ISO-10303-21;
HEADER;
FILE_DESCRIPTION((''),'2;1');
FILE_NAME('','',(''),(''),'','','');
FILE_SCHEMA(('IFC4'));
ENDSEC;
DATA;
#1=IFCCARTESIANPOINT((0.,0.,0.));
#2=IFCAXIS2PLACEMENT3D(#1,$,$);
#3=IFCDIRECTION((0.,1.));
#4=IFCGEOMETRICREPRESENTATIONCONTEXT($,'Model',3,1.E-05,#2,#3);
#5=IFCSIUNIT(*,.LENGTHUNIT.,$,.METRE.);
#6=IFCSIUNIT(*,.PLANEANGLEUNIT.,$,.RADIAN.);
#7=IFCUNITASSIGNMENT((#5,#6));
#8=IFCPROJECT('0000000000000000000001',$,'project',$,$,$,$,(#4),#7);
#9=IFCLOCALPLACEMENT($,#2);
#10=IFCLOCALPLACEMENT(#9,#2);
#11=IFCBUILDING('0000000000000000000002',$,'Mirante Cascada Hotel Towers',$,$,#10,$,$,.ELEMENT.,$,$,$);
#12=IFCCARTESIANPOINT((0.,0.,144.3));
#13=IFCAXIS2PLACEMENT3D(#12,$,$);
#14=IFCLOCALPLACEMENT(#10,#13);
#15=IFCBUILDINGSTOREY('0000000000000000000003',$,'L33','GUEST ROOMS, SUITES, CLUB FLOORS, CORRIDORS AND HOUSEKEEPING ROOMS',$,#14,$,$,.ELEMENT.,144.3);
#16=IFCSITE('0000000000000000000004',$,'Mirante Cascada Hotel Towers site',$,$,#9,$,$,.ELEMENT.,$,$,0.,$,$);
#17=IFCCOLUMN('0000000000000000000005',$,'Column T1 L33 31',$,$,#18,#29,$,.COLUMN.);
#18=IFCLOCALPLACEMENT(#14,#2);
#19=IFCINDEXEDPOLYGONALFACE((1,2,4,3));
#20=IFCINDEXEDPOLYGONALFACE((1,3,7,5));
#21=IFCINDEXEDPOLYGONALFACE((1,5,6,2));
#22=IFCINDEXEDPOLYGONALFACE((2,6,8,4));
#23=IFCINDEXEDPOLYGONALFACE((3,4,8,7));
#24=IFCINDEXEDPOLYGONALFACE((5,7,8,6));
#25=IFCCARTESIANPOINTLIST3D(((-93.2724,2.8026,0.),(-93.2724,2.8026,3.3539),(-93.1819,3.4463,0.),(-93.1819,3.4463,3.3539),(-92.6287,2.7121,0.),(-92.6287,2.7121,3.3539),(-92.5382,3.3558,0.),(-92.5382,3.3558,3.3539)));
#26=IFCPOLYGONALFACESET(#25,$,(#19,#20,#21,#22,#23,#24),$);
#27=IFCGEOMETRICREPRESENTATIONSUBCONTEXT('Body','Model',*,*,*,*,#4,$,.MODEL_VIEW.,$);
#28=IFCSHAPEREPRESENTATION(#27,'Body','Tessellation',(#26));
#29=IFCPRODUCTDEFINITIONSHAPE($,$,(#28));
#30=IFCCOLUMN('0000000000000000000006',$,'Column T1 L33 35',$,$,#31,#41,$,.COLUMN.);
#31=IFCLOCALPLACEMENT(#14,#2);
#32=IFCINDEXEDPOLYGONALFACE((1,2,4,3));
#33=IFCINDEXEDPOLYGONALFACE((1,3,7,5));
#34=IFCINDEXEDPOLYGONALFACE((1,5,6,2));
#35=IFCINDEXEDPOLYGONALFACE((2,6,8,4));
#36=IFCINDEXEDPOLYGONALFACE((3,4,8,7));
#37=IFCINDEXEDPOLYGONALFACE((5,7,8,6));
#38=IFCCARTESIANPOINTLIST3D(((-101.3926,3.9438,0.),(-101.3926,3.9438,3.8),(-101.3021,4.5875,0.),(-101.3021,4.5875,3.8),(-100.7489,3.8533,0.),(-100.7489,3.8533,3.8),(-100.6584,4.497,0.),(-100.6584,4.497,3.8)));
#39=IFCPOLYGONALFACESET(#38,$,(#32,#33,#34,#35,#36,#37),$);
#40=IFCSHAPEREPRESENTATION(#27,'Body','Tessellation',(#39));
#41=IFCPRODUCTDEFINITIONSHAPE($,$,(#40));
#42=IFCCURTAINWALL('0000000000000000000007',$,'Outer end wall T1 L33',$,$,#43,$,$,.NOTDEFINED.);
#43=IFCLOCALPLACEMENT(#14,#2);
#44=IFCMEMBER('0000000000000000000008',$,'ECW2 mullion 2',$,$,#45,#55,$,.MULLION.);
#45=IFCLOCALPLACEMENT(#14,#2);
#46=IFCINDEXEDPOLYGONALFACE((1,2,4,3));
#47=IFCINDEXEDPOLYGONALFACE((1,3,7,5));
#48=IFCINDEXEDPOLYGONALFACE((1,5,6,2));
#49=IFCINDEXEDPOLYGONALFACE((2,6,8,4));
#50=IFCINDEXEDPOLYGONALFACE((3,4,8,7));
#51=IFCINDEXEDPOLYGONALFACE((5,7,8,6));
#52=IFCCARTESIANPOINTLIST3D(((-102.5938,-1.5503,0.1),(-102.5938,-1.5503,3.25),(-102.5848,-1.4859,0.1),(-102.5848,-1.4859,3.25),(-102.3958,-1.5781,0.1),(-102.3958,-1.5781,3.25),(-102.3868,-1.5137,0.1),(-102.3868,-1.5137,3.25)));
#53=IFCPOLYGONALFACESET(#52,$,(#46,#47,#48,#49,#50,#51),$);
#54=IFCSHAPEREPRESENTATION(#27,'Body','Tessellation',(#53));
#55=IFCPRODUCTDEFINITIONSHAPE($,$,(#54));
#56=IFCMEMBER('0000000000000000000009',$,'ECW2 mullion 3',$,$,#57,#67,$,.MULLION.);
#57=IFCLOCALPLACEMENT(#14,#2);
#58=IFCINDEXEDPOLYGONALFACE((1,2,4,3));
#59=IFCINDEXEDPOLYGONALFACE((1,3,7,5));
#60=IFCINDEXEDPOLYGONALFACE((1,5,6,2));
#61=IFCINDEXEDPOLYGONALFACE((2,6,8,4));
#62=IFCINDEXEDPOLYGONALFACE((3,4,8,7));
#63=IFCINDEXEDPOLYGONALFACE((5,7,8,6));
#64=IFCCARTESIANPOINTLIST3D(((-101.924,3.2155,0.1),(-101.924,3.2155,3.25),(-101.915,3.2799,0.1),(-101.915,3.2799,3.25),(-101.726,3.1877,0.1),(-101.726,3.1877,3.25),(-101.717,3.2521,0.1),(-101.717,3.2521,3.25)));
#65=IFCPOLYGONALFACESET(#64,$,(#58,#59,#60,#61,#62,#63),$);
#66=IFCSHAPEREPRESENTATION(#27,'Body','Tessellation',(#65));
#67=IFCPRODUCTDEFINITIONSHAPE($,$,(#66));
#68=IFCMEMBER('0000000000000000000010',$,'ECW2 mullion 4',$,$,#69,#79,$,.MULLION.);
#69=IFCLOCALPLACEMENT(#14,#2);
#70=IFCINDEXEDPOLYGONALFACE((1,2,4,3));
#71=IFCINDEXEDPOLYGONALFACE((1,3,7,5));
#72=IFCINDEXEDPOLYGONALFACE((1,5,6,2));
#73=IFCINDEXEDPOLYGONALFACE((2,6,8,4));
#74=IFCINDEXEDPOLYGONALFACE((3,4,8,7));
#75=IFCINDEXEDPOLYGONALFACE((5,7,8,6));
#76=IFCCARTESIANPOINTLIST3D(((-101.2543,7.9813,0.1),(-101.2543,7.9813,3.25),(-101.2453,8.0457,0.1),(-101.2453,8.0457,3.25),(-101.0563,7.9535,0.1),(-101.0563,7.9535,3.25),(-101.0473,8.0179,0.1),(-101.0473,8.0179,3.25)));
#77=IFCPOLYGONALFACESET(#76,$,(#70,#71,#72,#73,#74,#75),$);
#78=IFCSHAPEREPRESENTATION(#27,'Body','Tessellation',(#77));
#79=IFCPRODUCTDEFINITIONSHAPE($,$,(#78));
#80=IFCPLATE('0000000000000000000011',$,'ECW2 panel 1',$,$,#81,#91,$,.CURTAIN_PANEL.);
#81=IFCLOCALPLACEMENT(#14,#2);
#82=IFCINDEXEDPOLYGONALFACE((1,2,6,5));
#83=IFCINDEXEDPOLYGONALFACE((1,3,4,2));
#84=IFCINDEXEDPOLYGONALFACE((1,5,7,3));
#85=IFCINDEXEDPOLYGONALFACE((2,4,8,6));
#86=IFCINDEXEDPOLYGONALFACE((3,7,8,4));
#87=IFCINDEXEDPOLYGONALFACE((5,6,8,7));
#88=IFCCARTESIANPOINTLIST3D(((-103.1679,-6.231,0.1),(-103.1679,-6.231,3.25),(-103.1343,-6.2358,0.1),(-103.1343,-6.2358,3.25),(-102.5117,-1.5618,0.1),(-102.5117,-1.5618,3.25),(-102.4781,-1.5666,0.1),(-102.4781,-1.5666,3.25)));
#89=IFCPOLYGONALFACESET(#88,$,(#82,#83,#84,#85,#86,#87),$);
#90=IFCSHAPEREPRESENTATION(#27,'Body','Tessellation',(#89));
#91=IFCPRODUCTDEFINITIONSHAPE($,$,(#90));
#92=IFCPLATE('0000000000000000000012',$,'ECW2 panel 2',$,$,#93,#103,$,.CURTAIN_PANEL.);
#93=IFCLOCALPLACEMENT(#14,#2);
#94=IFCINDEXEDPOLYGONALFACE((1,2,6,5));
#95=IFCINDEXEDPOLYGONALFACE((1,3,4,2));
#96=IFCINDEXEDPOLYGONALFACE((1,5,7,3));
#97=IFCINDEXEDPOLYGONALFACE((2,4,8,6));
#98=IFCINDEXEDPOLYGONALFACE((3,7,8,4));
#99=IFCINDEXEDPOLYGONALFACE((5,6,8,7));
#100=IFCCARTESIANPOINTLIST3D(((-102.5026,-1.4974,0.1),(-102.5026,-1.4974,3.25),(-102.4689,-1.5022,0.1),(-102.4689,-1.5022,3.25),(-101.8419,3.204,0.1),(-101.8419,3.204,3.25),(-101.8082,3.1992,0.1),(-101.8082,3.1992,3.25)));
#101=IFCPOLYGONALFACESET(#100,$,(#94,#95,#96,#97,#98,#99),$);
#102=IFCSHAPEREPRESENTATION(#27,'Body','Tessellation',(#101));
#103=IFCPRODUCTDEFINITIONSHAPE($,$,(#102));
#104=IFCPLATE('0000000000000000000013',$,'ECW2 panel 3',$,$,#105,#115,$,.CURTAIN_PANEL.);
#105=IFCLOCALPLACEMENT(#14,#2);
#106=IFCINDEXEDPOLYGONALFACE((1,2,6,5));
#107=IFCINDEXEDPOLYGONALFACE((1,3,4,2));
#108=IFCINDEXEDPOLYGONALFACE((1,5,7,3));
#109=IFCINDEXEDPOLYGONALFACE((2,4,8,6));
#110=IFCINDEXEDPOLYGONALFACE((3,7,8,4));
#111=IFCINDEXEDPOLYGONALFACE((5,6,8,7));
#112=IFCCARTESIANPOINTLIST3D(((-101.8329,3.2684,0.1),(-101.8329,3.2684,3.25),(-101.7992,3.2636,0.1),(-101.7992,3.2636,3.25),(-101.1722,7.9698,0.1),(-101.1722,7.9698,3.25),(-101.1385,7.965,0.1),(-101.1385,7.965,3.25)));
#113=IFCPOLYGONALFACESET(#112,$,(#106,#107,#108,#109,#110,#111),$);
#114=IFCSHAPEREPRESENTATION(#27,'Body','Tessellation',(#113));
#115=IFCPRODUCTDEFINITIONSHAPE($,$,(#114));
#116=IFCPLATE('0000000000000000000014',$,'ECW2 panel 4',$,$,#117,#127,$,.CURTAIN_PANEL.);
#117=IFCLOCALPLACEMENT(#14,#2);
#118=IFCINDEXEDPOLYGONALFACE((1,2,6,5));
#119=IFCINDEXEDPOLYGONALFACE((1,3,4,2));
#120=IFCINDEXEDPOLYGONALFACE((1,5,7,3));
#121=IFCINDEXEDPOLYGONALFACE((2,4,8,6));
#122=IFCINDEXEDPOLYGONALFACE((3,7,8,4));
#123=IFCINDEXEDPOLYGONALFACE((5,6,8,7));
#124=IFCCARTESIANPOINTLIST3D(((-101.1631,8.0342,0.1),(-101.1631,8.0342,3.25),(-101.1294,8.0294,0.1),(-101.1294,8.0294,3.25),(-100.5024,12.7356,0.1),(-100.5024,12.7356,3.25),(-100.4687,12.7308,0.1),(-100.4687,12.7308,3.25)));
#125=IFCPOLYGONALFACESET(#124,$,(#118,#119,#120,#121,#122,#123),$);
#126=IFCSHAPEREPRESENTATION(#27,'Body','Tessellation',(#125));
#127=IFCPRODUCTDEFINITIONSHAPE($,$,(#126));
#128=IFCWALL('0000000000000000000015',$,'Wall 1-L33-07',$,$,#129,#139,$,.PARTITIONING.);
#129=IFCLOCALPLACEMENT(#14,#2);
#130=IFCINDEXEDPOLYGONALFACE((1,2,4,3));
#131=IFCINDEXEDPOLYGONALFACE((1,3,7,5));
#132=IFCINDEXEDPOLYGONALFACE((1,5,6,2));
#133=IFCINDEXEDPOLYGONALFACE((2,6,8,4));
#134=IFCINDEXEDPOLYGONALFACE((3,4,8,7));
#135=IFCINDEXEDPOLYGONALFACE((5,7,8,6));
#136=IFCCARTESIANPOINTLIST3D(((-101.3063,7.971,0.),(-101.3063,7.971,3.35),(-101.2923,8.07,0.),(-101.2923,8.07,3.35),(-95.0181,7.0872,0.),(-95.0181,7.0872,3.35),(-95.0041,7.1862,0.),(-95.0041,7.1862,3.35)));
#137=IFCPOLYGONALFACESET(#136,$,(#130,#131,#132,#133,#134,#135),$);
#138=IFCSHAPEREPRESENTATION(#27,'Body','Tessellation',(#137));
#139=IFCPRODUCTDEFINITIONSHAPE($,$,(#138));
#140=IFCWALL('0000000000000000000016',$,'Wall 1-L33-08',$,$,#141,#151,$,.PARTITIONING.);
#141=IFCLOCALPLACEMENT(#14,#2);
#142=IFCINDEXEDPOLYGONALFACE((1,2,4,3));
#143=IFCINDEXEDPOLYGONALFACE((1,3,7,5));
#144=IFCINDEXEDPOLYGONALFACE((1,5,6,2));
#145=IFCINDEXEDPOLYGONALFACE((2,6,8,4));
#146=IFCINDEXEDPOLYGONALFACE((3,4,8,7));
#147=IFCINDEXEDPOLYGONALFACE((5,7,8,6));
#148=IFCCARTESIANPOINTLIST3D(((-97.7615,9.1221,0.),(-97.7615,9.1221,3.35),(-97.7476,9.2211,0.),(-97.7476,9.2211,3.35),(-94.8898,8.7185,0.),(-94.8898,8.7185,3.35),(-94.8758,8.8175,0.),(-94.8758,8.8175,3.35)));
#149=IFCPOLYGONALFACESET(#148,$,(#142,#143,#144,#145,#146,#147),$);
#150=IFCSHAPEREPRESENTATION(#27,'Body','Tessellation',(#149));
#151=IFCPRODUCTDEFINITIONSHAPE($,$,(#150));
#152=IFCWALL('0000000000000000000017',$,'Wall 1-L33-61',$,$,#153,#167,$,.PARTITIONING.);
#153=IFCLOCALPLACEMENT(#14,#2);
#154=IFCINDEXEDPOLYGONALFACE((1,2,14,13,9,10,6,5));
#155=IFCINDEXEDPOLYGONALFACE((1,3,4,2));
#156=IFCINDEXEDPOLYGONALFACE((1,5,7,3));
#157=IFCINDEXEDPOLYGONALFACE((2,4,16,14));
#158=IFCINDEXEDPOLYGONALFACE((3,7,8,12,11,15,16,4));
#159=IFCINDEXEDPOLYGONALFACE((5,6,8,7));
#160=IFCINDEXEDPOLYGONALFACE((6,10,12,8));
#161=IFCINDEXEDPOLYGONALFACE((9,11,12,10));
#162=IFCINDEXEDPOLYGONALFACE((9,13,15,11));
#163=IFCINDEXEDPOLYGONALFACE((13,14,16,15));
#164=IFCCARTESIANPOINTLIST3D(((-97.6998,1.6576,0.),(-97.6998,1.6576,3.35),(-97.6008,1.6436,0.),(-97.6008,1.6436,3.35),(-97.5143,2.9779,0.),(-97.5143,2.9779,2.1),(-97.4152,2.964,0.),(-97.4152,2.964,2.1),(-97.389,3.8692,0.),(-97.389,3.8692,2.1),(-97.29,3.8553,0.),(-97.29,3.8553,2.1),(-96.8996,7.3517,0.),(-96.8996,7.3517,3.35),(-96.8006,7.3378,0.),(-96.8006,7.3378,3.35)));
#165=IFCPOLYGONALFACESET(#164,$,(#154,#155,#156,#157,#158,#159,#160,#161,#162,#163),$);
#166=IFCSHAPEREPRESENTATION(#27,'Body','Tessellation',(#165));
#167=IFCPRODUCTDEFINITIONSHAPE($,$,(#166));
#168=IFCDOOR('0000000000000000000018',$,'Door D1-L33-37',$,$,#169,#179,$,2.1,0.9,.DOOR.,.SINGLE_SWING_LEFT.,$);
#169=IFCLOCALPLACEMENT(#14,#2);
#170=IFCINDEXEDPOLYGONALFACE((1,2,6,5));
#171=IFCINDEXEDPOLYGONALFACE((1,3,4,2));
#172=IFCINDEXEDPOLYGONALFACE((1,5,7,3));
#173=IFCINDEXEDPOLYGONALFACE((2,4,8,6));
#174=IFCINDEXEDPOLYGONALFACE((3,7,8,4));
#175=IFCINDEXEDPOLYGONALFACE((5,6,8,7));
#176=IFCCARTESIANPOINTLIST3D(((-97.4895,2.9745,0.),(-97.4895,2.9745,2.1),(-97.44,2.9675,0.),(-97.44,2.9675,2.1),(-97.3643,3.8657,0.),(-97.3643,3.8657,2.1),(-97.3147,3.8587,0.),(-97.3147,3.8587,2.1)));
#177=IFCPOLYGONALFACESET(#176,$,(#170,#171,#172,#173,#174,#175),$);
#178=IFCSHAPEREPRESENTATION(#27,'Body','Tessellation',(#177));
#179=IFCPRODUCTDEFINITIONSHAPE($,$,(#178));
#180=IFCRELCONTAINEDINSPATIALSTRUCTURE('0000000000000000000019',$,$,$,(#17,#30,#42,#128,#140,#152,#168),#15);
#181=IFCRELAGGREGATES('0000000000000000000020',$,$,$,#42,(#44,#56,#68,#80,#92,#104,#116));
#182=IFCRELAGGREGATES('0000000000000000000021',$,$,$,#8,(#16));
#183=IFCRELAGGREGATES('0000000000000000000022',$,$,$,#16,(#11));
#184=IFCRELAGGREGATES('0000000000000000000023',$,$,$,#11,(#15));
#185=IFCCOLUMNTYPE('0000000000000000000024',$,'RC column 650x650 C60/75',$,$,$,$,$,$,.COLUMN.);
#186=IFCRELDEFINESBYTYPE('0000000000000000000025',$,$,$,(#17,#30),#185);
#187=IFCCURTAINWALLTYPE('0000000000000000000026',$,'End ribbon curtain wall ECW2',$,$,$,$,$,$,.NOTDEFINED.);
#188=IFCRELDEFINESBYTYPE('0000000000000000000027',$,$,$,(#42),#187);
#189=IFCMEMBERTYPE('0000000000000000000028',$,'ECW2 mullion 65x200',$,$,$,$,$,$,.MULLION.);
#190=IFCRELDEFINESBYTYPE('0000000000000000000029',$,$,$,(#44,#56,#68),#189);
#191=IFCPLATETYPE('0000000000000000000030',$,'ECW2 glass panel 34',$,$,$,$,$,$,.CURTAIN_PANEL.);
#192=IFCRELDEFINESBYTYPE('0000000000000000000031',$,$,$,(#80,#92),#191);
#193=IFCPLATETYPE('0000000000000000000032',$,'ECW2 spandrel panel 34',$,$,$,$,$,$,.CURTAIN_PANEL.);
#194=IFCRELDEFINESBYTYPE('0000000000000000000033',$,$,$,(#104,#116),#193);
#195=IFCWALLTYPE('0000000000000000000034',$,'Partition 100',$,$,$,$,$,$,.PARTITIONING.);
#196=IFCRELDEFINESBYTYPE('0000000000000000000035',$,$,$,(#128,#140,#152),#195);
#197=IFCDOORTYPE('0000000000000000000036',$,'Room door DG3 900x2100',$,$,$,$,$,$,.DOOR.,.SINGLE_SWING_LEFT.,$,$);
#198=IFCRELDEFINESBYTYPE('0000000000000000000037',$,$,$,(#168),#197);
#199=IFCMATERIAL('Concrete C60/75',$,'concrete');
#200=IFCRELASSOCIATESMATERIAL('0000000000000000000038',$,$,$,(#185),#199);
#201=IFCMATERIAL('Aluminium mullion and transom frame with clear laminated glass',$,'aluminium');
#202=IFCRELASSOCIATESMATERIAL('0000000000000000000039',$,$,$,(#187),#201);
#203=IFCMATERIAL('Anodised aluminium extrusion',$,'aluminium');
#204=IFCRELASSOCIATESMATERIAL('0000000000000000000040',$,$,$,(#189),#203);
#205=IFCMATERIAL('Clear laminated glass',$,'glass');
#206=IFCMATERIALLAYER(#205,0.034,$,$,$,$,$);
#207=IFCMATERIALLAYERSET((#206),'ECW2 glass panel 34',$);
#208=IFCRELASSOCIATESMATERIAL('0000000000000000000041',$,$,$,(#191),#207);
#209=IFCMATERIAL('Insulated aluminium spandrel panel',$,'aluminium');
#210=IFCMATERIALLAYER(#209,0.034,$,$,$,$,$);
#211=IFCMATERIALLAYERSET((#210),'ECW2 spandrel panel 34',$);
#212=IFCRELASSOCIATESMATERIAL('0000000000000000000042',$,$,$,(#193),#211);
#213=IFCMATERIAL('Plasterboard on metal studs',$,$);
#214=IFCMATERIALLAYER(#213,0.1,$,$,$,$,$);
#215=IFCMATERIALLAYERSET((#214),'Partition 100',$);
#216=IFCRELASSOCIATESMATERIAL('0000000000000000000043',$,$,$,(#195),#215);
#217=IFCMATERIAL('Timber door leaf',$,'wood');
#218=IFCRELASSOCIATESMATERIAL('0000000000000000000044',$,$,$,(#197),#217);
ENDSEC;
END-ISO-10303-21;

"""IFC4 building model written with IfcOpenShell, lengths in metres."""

from ifc_helpers import new_model, si_unit, direction, frame, frame_2d, origin, origin_2d, place, context, subcontext, project, spatial, rectangle, extrude, material, layer, layer_set, material_profile, profile_set, type_object, element, fill, aggregate, save


model = new_model("IFC4")

# Units and contexts
model_context = context("Model", 3, precision=1e-05, world=origin(), true_north=direction((0.0, 1.0)))
body_context = subcontext(model_context, "Body", "Model", "MODEL_VIEW")
ifc_project = project(units=[si_unit("LENGTHUNIT", "METRE"), si_unit("PLANEANGLEUNIT", "RADIAN")], contexts=[model_context])

# Site, building, storey
site_placement = place(None, origin())
site = spatial("IfcSite", under=ifc_project, at=site_placement, Name="Mirante Cascada Hotel Towers site", CompositionType="ELEMENT", RefElevation=0.0)
building_placement = place(site_placement, origin())
building = spatial("IfcBuilding", under=site, at=building_placement, Name="Mirante Cascada Hotel Towers", CompositionType="ELEMENT")
storey_placement = place(building_placement, frame((0.0, 0.0, 144.3)))
storey = spatial("IfcBuildingStorey", under=building, at=storey_placement, Name="L33", Description="GUEST ROOMS, SUITES, CLUB FLOORS, CORRIDORS AND HOUSEKEEPING ROOMS", CompositionType="ELEMENT", Elevation=144.3)

# Columns
ifc_material_1 = material(Name="Concrete C60/75", Category="concrete")
ifc_material_profile_1 = material_profile(ifc_material_1, rectangle(XDim=0.65, YDim=0.65, at=origin_2d()), Name="RC column 650x650 C60/75")
ifc_profile_set_1 = profile_set([ifc_material_profile_1], Name="Concrete C60/75")
column_type = type_object("IfcColumnType", Name="RC column 650x650 C60/75", PredefinedType="COLUMN", material=ifc_profile_set_1)
column_1_placement = place(storey_placement, frame((-92.9053, 3.0792, 0.0), z_axis=(0.0, 0.0, 1.0), x_axis=(-0.990268, 0.139173, 0.0)))
element("IfcColumn", 1, at=column_1_placement, inside=storey, type_object=column_type, Name="Column T1 L33 31", PredefinedType="COLUMN", context=body_context, shape_type="SweptSolid", body=[
    extrude(rectangle(XDim=0.65, YDim=0.65, at=origin_2d()), origin(), (0.0, 0.0, 1.0), 3.3539),
])
column_2_placement = place(storey_placement, frame((-101.0255, 4.2204, 0.0), z_axis=(0.0, 0.0, 1.0), x_axis=(-0.990268, 0.139173, 0.0)))
element("IfcColumn", 2, at=column_2_placement, inside=storey, type_object=column_type, Name="Column T1 L33 35", PredefinedType="COLUMN", context=body_context, shape_type="SweptSolid", body=[
    extrude(rectangle(XDim=0.65, YDim=0.65, at=origin_2d()), origin(), (0.0, 0.0, 1.0), 3.8),
])

# Curtain wall, members, plates
ifc_material_2 = material(Name="Aluminium mullion and transom frame with clear laminated glass", Category="aluminium")
curtain_wall_type = type_object("IfcCurtainWallType", Name="End ribbon curtain wall ECW2", PredefinedType="NOTDEFINED", material=ifc_material_2)
curtain_wall_placement = place(storey_placement, origin())
curtain_wall = element("IfcCurtainWall", 3, at=curtain_wall_placement, inside=storey, type_object=curtain_wall_type, Name="Outer end wall T1 L33", PredefinedType="NOTDEFINED")
ifc_material_3 = material(Name="Anodised aluminium extrusion", Category="aluminium")
ifc_material_profile_2 = material_profile(ifc_material_3, rectangle(XDim=0.2, YDim=0.065, at=origin_2d()), Name="ECW2 MULLION 65x200")
ifc_profile_set_2 = profile_set([ifc_material_profile_2], Name="Anodised aluminium extrusion")
member_type = type_object("IfcMemberType", Name="ECW2 mullion 65x200", PredefinedType="MULLION", material=ifc_profile_set_2)
member_1_placement = place(storey_placement, frame((-102.4903, -1.532, 0.1), z_axis=(0.0, 0.0, 1.0), x_axis=(-0.990268, 0.139173, 0.0)))
member_1 = element("IfcMember", 4, at=member_1_placement, type_object=member_type, Name="ECW2 mullion 2", PredefinedType="MULLION", context=body_context, shape_type="SweptSolid", body=[
    extrude(rectangle(XDim=0.2, YDim=0.065, at=origin_2d()), origin(), (0.0, 0.0, 1.0), 3.15),
])
member_2_placement = place(storey_placement, frame((-101.8205, 3.2338, 0.1), z_axis=(0.0, 0.0, 1.0), x_axis=(-0.990268, 0.139173, 0.0)))
member_2 = element("IfcMember", 5, at=member_2_placement, type_object=member_type, Name="ECW2 mullion 3", PredefinedType="MULLION", context=body_context, shape_type="SweptSolid", body=[
    extrude(rectangle(XDim=0.2, YDim=0.065, at=origin_2d()), origin(), (0.0, 0.0, 1.0), 3.15),
])
member_3_placement = place(storey_placement, frame((-101.1508, 7.9996, 0.1), z_axis=(0.0, 0.0, 1.0), x_axis=(-0.990268, 0.139173, 0.0)))
member_3 = element("IfcMember", 6, at=member_3_placement, type_object=member_type, Name="ECW2 mullion 4", PredefinedType="MULLION", context=body_context, shape_type="SweptSolid", body=[
    extrude(rectangle(XDim=0.2, YDim=0.065, at=origin_2d()), origin(), (0.0, 0.0, 1.0), 3.15),
])
ifc_material_4 = material(Name="Clear laminated glass", Category="glass")
ifc_layer_1 = layer(ifc_material_4, 0.034)
ifc_layer_set_1 = layer_set([ifc_layer_1], Name="ECW2 glass panel 34")
plate_type_1 = type_object("IfcPlateType", Name="ECW2 glass panel 34", PredefinedType="CURTAIN_PANEL", material=ifc_layer_set_1)
plate_1_placement = place(storey_placement, frame((-102.823, -3.8988, 0.1), z_axis=(0.0, 0.0, 1.0), x_axis=(0.139173, 0.990268, 0.0)))
plate_1 = element("IfcPlate", 7, at=plate_1_placement, type_object=plate_type_1, Name="ECW2 panel 1", PredefinedType="CURTAIN_PANEL", context=body_context, shape_type="SweptSolid", body=[
    extrude(rectangle(XDim=4.7151, YDim=0.034, at=origin_2d()), origin(), (0.0, 0.0, 1.0), 3.15),
])
plate_2_placement = place(storey_placement, frame((-102.1554, 0.8509, 0.1), z_axis=(0.0, 0.0, 1.0), x_axis=(0.139173, 0.990268, 0.0)))
plate_2 = element("IfcPlate", 8, at=plate_2_placement, type_object=plate_type_1, Name="ECW2 panel 2", PredefinedType="CURTAIN_PANEL", context=body_context, shape_type="SweptSolid", body=[
    extrude(rectangle(XDim=4.7476, YDim=0.034, at=origin_2d()), origin(), (0.0, 0.0, 1.0), 3.15),
])
ifc_material_5 = material(Name="Insulated aluminium spandrel panel", Category="aluminium")
ifc_layer_2 = layer(ifc_material_5, 0.034)
ifc_layer_set_2 = layer_set([ifc_layer_2], Name="ECW2 spandrel panel 34")
plate_type_2 = type_object("IfcPlateType", Name="ECW2 spandrel panel 34", PredefinedType="CURTAIN_PANEL", material=ifc_layer_set_2)
plate_3_placement = place(storey_placement, frame((-101.4857, 5.6167, 0.1), z_axis=(0.0, 0.0, 1.0), x_axis=(0.139173, 0.990268, 0.0)))
plate_3 = element("IfcPlate", 9, at=plate_3_placement, type_object=plate_type_2, Name="ECW2 panel 3", PredefinedType="CURTAIN_PANEL", context=body_context, shape_type="SweptSolid", body=[
    extrude(rectangle(XDim=4.7476, YDim=0.034, at=origin_2d()), origin(), (0.0, 0.0, 1.0), 3.15),
])
plate_4_placement = place(storey_placement, frame((-100.8159, 10.3825, 0.1), z_axis=(0.0, 0.0, 1.0), x_axis=(0.139173, 0.990268, 0.0)))
plate_4 = element("IfcPlate", 10, at=plate_4_placement, type_object=plate_type_2, Name="ECW2 panel 4", PredefinedType="CURTAIN_PANEL", context=body_context, shape_type="SweptSolid", body=[
    extrude(rectangle(XDim=4.7476, YDim=0.034, at=origin_2d()), origin(), (0.0, 0.0, 1.0), 3.15),
])
aggregate(curtain_wall, [member_1, member_2, member_3, plate_1, plate_2, plate_3, plate_4])

# Walls
ifc_material_6 = material(Name="Plasterboard on metal studs")
ifc_layer_3 = layer(ifc_material_6, 0.1)
ifc_layer_set_3 = layer_set([ifc_layer_3], Name="Partition 100")
wall_type_1 = type_object("IfcWallType", Name="Partition 100", PredefinedType="PARTITIONING", material=ifc_layer_set_3)
wall_1_placement = place(storey_placement, frame((-101.2993, 8.0205, 0.0), z_axis=(0.0, 0.0, 1.0), x_axis=(0.990267, -0.139181, 0.0)))
element("IfcWall", 11, at=wall_1_placement, inside=storey, type_object=wall_type_1, Name="Wall 1-L33-07", PredefinedType="PARTITIONING", context=body_context, shape_type="SweptSolid", body=[
    extrude(rectangle(XDim=6.35, YDim=0.1, at=frame_2d((3.175, 0.0))), origin(), (0.0, 0.0, 1.0), 3.35),
])
wall_2_placement = place(storey_placement, frame((-94.8828, 8.768, 0.0), z_axis=(0.0, 0.0, 1.0), x_axis=(-0.990268, 0.139171, 0.0)))
element("IfcWall", 12, at=wall_2_placement, inside=storey, type_object=wall_type_1, Name="Wall 1-L33-08", PredefinedType="PARTITIONING", context=body_context, shape_type="SweptSolid", body=[
    extrude(rectangle(XDim=2.9, YDim=0.1, at=frame_2d((1.45, 0.0))), origin(), (0.0, 0.0, 1.0), 3.35),
])

# Wall, opening, door
wall_3_placement = place(storey_placement, frame((-96.8501, 7.3447, 0.0), z_axis=(0.0, 0.0, 1.0), x_axis=(-0.139164, -0.990269, 0.0)))
wall_3 = element("IfcWall", 13, at=wall_3_placement, inside=storey, type_object=wall_type_1, Name="Wall 1-L33-61", PredefinedType="PARTITIONING", context=body_context, shape_type="SweptSolid", body=[
    extrude(rectangle(XDim=5.7501, YDim=0.1, at=frame_2d((2.875, 0.0))), origin(), (0.0, 0.0, 1.0), 3.35),
])
opening_1_placement = place(wall_3_placement, frame((3.5167, 0.0, 0.0)))
opening_1 = element("IfcOpeningElement", 14, at=opening_1_placement, cuts=wall_3, PredefinedType="OPENING", context=body_context, shape_type="SweptSolid", body=[
    extrude(rectangle(XDim=0.9, YDim=2.1, at=frame_2d((0.45, 1.05))), frame((0.0, 0.05, 0.0), z_axis=(0.0, -1.0, 0.0), x_axis=(1.0, 0.0, 0.0)), (0.0, 0.0, 1.0), 0.1),
])
ifc_material_7 = material(Name="Timber door leaf", Category="wood")
door_type_1 = type_object("IfcDoorType", Name="Room door DG3 900x2100", OperationType="SINGLE_SWING_LEFT", PredefinedType="DOOR", material=ifc_material_7)
door_1_placement = place(opening_1_placement, origin())
door_1 = element("IfcDoor", 15, at=door_1_placement, inside=storey, type_object=door_type_1, Name="Door D1-L33-37", OperationType="SINGLE_SWING_LEFT", OverallHeight=2.1, OverallWidth=0.9, PredefinedType="DOOR", context=body_context, shape_type="SweptSolid", body=[
    extrude(rectangle(XDim=0.9, YDim=2.1, at=frame_2d((0.45, 1.05))), frame((0.0, 0.025, 0.0), z_axis=(0.0, -1.0, 0.0), x_axis=(1.0, 0.0, 0.0)), (0.0, 0.0, 1.0), 0.05),
])
fill(opening_1, door_1)

save(model, "model.ifc")
